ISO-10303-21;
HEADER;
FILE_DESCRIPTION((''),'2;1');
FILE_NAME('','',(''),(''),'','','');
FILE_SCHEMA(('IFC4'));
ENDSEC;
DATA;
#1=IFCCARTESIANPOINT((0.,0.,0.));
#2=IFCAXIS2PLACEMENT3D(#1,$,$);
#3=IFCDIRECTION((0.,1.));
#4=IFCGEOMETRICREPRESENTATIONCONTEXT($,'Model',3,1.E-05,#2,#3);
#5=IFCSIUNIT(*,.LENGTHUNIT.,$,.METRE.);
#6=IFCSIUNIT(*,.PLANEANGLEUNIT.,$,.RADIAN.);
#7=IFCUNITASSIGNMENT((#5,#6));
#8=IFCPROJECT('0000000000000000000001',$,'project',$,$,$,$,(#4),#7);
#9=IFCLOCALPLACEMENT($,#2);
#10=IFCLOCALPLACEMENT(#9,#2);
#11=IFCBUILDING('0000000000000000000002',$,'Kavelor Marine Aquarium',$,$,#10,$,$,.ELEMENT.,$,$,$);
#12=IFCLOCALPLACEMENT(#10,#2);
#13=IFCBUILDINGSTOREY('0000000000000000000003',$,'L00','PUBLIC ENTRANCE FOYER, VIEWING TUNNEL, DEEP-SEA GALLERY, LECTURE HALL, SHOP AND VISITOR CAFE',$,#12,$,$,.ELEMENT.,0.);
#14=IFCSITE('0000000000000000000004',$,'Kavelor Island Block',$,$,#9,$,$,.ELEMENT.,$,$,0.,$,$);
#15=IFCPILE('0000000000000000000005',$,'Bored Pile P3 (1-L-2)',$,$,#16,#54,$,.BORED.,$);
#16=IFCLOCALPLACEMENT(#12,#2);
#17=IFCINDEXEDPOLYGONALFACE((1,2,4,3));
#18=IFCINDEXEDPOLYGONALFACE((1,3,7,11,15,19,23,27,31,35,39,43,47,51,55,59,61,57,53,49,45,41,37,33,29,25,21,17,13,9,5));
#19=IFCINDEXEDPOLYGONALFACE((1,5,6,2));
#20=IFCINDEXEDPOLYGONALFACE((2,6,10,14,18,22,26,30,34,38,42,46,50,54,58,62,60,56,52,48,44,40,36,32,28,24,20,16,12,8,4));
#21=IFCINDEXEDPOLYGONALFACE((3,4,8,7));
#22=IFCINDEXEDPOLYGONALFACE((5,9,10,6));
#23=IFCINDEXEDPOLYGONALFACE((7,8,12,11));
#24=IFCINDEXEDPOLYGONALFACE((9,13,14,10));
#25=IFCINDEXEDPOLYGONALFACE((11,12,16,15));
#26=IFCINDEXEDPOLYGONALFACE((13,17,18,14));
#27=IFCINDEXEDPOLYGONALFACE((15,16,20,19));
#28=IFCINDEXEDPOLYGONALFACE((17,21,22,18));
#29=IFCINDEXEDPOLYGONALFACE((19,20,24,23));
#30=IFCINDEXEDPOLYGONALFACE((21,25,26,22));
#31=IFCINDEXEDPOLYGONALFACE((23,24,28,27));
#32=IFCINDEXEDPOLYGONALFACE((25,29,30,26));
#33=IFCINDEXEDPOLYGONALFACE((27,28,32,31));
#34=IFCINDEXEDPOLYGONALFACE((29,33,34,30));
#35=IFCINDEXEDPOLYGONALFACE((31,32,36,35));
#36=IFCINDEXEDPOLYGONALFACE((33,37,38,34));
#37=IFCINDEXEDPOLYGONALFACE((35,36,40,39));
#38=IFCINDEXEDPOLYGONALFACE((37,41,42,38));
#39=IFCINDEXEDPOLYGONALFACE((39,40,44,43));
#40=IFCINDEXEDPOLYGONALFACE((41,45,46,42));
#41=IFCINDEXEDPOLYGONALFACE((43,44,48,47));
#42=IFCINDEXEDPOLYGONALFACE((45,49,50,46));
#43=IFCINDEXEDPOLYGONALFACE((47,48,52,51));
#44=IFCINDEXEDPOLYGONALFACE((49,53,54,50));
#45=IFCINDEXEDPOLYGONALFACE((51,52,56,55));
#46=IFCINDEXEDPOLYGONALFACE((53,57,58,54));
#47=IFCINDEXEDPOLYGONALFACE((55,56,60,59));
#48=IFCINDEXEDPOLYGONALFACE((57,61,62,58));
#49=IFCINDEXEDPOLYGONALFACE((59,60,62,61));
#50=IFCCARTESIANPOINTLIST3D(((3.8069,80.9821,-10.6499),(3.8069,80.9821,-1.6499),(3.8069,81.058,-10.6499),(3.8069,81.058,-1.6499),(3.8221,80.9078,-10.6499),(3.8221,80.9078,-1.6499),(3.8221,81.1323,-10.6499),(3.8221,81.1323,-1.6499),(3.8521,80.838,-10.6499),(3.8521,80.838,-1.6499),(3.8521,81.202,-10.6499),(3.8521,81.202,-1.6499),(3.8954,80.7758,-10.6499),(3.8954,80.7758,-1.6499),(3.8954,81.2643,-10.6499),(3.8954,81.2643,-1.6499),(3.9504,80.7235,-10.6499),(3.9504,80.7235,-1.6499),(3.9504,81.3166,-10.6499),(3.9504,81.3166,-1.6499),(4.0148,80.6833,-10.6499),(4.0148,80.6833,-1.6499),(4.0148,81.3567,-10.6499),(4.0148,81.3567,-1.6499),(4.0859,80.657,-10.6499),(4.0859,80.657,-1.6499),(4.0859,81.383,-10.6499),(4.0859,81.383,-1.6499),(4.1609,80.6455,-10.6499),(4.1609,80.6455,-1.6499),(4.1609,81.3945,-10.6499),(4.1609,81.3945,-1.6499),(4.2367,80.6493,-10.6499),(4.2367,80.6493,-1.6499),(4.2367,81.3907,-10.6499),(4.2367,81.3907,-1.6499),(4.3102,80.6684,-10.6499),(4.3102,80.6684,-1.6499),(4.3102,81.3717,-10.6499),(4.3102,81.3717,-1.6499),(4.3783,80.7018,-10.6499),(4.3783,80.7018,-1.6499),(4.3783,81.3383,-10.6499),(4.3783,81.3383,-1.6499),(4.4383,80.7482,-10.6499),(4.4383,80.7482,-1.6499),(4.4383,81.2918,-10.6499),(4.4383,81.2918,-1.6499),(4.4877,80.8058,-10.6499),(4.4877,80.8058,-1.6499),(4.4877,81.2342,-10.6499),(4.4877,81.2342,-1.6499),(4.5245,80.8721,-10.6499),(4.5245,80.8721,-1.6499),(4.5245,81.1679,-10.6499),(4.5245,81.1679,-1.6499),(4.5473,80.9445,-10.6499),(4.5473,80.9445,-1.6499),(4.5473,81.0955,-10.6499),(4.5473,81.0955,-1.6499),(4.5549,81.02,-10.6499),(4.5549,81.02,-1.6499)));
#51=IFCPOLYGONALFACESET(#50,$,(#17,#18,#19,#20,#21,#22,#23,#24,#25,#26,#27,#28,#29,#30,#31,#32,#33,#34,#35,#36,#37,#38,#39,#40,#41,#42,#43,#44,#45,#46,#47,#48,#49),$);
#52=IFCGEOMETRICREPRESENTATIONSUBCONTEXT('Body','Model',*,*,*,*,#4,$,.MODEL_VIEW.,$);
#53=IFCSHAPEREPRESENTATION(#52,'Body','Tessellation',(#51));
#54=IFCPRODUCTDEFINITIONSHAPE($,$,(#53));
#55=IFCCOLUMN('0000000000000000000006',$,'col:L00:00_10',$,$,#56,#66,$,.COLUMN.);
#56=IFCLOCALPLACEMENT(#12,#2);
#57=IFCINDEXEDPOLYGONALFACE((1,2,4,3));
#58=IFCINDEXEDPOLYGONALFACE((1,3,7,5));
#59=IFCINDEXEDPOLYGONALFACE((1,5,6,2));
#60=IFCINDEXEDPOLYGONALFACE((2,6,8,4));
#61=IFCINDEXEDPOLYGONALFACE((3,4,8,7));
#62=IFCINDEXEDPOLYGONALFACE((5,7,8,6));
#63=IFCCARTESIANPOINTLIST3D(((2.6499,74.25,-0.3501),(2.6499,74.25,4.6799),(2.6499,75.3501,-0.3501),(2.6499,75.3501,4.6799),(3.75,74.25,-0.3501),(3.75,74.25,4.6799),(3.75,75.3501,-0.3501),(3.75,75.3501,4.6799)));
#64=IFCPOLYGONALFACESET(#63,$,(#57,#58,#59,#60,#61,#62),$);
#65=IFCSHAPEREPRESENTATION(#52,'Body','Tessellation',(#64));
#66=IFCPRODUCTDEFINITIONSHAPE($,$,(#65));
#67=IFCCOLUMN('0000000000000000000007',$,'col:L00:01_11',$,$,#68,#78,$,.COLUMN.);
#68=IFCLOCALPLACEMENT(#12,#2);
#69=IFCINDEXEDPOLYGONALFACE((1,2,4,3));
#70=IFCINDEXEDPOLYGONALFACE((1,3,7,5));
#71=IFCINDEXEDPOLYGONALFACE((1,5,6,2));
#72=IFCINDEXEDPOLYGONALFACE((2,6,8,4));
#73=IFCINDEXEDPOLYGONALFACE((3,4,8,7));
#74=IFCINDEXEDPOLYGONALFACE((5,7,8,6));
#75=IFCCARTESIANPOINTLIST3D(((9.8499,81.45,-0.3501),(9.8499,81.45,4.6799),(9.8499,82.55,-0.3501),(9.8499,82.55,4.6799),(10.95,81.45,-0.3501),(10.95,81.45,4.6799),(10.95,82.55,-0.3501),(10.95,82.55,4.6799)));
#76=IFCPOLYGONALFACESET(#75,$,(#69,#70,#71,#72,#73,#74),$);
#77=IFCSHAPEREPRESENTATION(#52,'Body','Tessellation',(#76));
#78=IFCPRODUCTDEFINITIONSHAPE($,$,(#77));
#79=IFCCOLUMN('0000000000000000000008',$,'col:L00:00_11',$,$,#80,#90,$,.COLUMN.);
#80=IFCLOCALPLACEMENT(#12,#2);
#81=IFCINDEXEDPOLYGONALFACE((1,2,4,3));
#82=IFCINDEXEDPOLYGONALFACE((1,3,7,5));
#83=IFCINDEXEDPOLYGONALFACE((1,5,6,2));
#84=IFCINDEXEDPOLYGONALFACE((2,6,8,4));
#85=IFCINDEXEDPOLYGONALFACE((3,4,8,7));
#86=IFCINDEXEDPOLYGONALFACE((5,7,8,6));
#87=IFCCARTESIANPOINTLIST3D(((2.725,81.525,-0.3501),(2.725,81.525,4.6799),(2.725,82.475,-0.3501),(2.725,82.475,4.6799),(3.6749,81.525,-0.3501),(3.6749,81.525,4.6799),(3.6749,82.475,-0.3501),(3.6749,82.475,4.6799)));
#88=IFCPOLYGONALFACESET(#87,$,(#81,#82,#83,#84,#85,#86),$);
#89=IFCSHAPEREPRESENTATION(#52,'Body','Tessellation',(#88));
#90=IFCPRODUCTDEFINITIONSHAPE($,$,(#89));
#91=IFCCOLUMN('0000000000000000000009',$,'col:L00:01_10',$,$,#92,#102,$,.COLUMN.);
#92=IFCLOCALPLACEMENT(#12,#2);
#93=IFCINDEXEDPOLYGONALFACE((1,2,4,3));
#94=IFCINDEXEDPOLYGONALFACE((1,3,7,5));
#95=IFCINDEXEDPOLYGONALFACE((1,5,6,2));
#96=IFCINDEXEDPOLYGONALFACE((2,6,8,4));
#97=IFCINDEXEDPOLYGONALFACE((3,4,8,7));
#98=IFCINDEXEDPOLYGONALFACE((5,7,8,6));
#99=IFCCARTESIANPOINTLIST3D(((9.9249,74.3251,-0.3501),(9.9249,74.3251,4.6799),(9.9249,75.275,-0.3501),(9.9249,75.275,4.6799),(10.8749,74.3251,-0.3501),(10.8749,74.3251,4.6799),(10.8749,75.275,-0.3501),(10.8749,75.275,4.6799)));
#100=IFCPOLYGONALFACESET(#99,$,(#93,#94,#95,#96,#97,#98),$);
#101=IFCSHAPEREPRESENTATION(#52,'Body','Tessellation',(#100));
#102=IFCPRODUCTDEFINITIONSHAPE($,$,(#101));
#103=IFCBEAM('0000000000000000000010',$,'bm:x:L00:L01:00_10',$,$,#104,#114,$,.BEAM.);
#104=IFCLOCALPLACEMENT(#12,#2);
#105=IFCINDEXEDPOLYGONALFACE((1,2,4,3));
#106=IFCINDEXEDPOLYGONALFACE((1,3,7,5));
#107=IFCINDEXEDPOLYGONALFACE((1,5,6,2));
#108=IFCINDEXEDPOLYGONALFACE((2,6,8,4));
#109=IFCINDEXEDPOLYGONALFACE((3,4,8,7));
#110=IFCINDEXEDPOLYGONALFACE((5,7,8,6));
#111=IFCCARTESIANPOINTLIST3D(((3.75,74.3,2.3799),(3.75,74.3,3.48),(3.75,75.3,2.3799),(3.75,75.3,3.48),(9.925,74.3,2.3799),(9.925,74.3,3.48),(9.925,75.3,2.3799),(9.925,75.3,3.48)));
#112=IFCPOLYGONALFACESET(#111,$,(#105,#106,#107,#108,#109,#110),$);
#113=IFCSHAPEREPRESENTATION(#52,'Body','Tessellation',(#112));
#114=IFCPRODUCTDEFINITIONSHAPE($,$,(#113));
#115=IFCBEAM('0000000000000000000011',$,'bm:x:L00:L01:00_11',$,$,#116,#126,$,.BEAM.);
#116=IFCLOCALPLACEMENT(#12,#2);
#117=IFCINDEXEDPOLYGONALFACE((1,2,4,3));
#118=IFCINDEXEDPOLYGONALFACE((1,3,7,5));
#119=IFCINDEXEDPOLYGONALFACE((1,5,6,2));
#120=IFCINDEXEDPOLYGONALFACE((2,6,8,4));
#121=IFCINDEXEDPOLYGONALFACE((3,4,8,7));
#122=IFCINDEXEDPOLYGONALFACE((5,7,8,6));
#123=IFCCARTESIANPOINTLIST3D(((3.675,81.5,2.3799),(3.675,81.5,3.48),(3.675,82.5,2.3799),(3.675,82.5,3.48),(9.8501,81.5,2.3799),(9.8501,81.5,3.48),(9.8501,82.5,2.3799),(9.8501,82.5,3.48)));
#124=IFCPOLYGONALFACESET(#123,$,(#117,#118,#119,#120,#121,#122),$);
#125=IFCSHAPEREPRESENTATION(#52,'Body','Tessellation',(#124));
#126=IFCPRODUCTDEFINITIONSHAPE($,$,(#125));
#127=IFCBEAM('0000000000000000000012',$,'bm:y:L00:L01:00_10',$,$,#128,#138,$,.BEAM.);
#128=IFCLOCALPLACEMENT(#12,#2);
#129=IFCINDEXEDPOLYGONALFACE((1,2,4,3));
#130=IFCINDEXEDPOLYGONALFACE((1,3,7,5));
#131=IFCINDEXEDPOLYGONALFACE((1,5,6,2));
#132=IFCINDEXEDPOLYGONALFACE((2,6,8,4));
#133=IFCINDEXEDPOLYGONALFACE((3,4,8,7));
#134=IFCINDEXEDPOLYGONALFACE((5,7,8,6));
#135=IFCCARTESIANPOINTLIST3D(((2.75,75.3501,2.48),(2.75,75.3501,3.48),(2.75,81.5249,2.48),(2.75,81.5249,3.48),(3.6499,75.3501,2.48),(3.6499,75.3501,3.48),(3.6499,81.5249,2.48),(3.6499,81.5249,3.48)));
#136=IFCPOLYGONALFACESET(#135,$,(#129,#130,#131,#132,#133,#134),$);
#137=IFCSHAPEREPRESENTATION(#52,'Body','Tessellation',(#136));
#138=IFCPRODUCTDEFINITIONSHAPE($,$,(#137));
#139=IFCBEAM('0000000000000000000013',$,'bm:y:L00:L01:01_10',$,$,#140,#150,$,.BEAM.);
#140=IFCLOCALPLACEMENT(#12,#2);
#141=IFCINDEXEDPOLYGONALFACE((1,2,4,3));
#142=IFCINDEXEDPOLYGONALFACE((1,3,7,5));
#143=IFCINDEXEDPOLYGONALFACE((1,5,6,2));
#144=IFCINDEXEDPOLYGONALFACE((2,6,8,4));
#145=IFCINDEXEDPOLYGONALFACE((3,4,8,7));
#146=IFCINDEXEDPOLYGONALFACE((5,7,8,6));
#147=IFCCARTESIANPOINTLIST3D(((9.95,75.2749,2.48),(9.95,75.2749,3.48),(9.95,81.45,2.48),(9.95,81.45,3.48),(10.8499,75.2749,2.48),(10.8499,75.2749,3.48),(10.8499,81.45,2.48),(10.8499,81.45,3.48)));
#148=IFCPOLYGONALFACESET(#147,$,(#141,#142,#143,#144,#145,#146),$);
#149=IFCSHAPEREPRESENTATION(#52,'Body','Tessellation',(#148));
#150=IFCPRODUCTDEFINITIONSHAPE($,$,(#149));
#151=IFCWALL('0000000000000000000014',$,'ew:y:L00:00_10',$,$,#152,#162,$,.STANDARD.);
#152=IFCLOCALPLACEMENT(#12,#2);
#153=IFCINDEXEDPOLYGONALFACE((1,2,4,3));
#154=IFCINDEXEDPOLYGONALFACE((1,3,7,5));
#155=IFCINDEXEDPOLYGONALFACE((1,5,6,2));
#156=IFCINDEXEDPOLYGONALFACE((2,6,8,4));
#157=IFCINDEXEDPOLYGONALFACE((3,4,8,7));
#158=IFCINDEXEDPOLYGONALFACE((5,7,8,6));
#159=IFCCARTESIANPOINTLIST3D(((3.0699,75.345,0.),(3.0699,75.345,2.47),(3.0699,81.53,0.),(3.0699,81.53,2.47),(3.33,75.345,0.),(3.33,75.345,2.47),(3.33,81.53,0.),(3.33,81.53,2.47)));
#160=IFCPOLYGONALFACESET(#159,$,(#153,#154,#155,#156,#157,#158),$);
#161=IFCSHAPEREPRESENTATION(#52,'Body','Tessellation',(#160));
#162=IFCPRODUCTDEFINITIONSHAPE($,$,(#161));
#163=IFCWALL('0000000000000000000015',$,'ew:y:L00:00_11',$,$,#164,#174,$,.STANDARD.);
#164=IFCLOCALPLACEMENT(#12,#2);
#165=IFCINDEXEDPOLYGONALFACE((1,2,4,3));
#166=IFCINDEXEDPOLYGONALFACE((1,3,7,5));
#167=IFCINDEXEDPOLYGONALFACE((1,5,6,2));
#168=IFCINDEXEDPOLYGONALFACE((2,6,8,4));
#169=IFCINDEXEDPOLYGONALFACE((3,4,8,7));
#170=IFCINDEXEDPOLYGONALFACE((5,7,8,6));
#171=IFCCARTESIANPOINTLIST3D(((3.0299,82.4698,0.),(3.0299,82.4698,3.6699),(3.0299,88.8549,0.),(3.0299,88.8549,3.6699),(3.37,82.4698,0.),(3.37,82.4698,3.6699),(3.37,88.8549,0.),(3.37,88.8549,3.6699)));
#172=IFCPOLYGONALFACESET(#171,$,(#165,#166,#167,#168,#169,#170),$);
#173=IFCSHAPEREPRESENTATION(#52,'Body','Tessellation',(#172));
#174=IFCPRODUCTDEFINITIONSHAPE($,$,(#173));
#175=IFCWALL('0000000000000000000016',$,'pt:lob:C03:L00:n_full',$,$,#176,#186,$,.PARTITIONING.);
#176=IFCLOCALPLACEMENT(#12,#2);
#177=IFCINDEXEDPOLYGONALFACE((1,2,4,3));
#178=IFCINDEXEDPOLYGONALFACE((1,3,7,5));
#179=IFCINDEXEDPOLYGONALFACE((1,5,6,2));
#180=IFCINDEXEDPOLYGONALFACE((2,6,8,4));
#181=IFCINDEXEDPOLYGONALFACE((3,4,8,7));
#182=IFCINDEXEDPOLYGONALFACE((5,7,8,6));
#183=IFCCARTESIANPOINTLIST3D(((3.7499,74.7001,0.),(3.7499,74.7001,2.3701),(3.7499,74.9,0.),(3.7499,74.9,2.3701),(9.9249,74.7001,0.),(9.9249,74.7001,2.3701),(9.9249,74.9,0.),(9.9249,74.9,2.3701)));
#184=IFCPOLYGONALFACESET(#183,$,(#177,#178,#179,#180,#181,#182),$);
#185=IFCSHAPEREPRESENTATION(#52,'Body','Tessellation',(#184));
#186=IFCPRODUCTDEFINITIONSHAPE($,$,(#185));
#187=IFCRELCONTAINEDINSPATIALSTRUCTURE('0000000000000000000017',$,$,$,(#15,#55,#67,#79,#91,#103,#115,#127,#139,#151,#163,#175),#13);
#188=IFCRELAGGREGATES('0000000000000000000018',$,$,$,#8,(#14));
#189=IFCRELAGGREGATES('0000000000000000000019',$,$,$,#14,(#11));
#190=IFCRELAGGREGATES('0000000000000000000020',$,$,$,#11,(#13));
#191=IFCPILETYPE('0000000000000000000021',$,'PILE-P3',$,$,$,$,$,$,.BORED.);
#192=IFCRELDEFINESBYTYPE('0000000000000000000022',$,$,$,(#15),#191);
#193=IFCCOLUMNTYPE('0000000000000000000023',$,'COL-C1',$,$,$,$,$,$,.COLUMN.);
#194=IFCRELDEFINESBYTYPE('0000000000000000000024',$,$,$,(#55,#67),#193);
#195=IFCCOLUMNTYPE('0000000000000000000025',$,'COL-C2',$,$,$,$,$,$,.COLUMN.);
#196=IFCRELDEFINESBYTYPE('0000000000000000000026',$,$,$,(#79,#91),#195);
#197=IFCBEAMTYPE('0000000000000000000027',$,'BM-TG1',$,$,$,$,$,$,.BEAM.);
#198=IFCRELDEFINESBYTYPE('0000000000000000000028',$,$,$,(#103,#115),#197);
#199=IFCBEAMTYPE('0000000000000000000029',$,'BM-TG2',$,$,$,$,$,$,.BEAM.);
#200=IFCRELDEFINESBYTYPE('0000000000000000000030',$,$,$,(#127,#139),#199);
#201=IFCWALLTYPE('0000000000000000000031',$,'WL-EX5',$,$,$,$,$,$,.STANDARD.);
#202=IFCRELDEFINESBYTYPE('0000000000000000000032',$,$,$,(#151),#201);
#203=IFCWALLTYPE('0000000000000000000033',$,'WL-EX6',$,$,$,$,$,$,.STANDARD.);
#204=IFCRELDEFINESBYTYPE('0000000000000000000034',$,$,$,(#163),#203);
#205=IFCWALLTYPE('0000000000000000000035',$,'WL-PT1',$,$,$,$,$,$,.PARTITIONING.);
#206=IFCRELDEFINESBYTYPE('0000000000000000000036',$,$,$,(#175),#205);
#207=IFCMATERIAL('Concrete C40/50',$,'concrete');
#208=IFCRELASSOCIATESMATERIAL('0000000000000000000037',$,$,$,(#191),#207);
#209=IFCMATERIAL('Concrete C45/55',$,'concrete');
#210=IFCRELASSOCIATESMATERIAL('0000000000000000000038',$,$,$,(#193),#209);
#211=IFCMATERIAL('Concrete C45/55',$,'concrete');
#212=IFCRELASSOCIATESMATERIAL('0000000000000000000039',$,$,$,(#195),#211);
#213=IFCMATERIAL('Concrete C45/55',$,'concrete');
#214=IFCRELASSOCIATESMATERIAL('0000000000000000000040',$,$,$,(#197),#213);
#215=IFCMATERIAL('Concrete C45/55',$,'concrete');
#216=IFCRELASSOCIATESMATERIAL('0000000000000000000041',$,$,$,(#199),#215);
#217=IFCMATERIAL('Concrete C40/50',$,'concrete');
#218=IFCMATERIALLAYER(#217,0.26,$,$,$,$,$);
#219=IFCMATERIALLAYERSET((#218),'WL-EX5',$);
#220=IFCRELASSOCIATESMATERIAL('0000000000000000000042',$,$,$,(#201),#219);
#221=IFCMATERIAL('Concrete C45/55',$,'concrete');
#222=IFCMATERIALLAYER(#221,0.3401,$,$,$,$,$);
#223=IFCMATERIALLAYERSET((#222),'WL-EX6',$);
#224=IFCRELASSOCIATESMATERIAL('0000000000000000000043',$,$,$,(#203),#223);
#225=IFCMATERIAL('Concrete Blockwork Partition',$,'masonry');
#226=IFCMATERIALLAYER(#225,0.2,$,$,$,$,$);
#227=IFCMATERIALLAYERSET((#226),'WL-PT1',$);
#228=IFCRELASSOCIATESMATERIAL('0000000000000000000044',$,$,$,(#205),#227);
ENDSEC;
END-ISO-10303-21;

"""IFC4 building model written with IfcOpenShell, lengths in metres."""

from ifc_helpers import new_model, si_unit, direction, frame, frame_2d, origin, origin_2d, place, context, subcontext, project, spatial, rectangle, circle, extrude, material, layer, layer_set, material_profile, profile_set, type_object, element, save


model = new_model("IFC4")

# Units and contexts
model_context = context("Model", 3, precision=1e-05, world=origin(), true_north=direction((0.0, 1.0)))
body_context = subcontext(model_context, "Body", "Model", "MODEL_VIEW")
ifc_project = project(units=[si_unit("LENGTHUNIT", "METRE"), si_unit("PLANEANGLEUNIT", "RADIAN")], contexts=[model_context])

# Site, building, storey
site_placement = place(None, origin())
site = spatial("IfcSite", under=ifc_project, at=site_placement, Name="Kavelor Island Block", CompositionType="ELEMENT", RefElevation=0.0)
building_placement = place(site_placement, origin())
building = spatial("IfcBuilding", under=site, at=building_placement, Name="Kavelor Marine Aquarium", CompositionType="ELEMENT")
storey_placement = place(building_placement, origin())
storey = spatial("IfcBuildingStorey", under=building, at=storey_placement, Name="L00", Description="PUBLIC ENTRANCE FOYER, VIEWING TUNNEL, DEEP-SEA GALLERY, LECTURE HALL, SHOP AND VISITOR CAFE", CompositionType="ELEMENT", Elevation=0.0)

# Pile
ifc_material_1 = material(Name="Concrete C40/50", Category="concrete")
ifc_material_profile_1 = material_profile(ifc_material_1, circle(Radius=0.375, at=origin_2d()), Name="PILE D750")
ifc_profile_set_1 = profile_set([ifc_material_profile_1], Name="Concrete C40/50")
pile_type_1 = type_object("IfcPileType", Name="PILE-P3", PredefinedType="BORED", material=ifc_profile_set_1)
for number, where, z_axis, x_axis, name in (
    (1, (4.1799, 81.02, -1.6499), (0.0, 0.0, -1.0), (1.0, 0.0, 0.0), "Bored Pile P3 (1-L-2)"),
):
    element("IfcPile", number, at=place(storey_placement, frame(where, z_axis=z_axis, x_axis=x_axis)), inside=storey, type_object=pile_type_1, Name=name, PredefinedType="BORED", context=body_context, shape_type="SweptSolid", body=[
        extrude(circle(Radius=0.375, at=origin_2d()), origin(), (0.0, 0.0, 1.0), 9.0),
    ])

# Columns
ifc_material_2 = material(Name="Concrete C45/55", Category="concrete")
ifc_material_profile_2 = material_profile(ifc_material_2, rectangle(XDim=1.1001, YDim=1.1001, at=origin_2d()), Name="RC-COL 1100x1100")
ifc_profile_set_2 = profile_set([ifc_material_profile_2], Name="Concrete C45/55")
column_type_1 = type_object("IfcColumnType", Name="COL-C1", PredefinedType="COLUMN", material=ifc_profile_set_2)
for number, where, z_axis, x_axis, name in (
    (2, (3.2, 74.8, -0.3501), (0.0, 0.0, 1.0), (1.0, 0.0, 0.0), "col:L00:00_10"),
    (3, (10.3999, 82.0, -0.3501), (0.0, 0.0, 1.0), (1.0, 0.0, 0.0), "col:L00:01_11"),
):
    element("IfcColumn", number, at=place(storey_placement, frame(where, z_axis=z_axis, x_axis=x_axis)), inside=storey, type_object=column_type_1, Name=name, PredefinedType="COLUMN", context=body_context, shape_type="SweptSolid", body=[
        extrude(rectangle(XDim=1.1001, YDim=1.1001, at=origin_2d()), origin(), (0.0, 0.0, 1.0), 5.03),
    ])
ifc_material_3 = material(Name="Concrete C45/55", Category="concrete")
ifc_material_profile_3 = material_profile(ifc_material_3, rectangle(XDim=0.95, YDim=0.95, at=origin_2d()), Name="RC-COL 950x950")
ifc_profile_set_3 = profile_set([ifc_material_profile_3], Name="Concrete C45/55")
column_type_2 = type_object("IfcColumnType", Name="COL-C2", PredefinedType="COLUMN", material=ifc_profile_set_3)
for number, where, z_axis, x_axis, name in (
    (4, (3.2, 82.0, -0.3501), (0.0, 0.0, 1.0), (1.0, 0.0, 0.0), "col:L00:00_11"),
    (5, (10.3999, 74.8, -0.3501), (0.0, 0.0, 1.0), (1.0, 0.0, 0.0), "col:L00:01_10"),
):
    element("IfcColumn", number, at=place(storey_placement, frame(where, z_axis=z_axis, x_axis=x_axis)), inside=storey, type_object=column_type_2, Name=name, PredefinedType="COLUMN", context=body_context, shape_type="SweptSolid", body=[
        extrude(rectangle(XDim=0.95, YDim=0.95, at=origin_2d()), origin(), (0.0, 0.0, 1.0), 5.03),
    ])

# Beams
ifc_material_4 = material(Name="Concrete C45/55", Category="concrete")
ifc_material_profile_4 = material_profile(ifc_material_4, rectangle(XDim=1.0, YDim=1.1001, at=origin_2d()), Name="RC-TG 1000x1100")
ifc_profile_set_4 = profile_set([ifc_material_profile_4], Name="Concrete C45/55")
beam_type_1 = type_object("IfcBeamType", Name="BM-TG1", PredefinedType="BEAM", material=ifc_profile_set_4)
for number, where, z_axis, x_axis, name in (
    (6, (3.75, 74.8, 2.9299), (1.0, 0.0, 0.0), (0.0, 1.0, 0.0), "bm:x:L00:L01:00_10"),
    (7, (3.675, 82.0, 2.9299), (1.0, 0.0, 0.0), (0.0, 1.0, 0.0), "bm:x:L00:L01:00_11"),
):
    element("IfcBeam", number, at=place(storey_placement, frame(where, z_axis=z_axis, x_axis=x_axis)), inside=storey, type_object=beam_type_1, Name=name, PredefinedType="BEAM", context=body_context, shape_type="SweptSolid", body=[
        extrude(rectangle(XDim=1.0, YDim=1.1001, at=origin_2d()), origin(), (0.0, 0.0, 1.0), 6.175),
    ])
ifc_material_5 = material(Name="Concrete C45/55", Category="concrete")
ifc_material_profile_5 = material_profile(ifc_material_5, rectangle(XDim=0.8999, YDim=1.0, at=origin_2d()), Name="RC-TG 900x1000")
ifc_profile_set_5 = profile_set([ifc_material_profile_5], Name="Concrete C45/55")
beam_type_2 = type_object("IfcBeamType", Name="BM-TG2", PredefinedType="BEAM", material=ifc_profile_set_5)
beam_1_placement = place(storey_placement, frame((3.2, 75.3501, 2.98), z_axis=(0.0, 1.0, 0.0), x_axis=(-1.0, 0.0, 0.0)))
element("IfcBeam", 8, at=beam_1_placement, inside=storey, type_object=beam_type_2, Name="bm:y:L00:L01:00_10", PredefinedType="BEAM", context=body_context, shape_type="SweptSolid", body=[
    extrude(rectangle(XDim=0.8999, YDim=1.0, at=origin_2d()), origin(), (0.0, 0.0, 1.0), 6.1748),
])
beam_2_placement = place(storey_placement, frame((10.3999, 75.2749, 2.98), z_axis=(0.0, 1.0, 0.0), x_axis=(-1.0, 0.0, 0.0)))
element("IfcBeam", 9, at=beam_2_placement, inside=storey, type_object=beam_type_2, Name="bm:y:L00:L01:01_10", PredefinedType="BEAM", context=body_context, shape_type="SweptSolid", body=[
    extrude(rectangle(XDim=0.8999, YDim=1.0, at=origin_2d()), origin(), (0.0, 0.0, 1.0), 6.175),
])

# Walls
ifc_material_6 = material(Name="Concrete C40/50", Category="concrete")
ifc_layer_1 = layer(ifc_material_6, 0.26)
ifc_layer_set_1 = layer_set([ifc_layer_1], Name="WL-EX5")
wall_type_1 = type_object("IfcWallType", Name="WL-EX5", PredefinedType="STANDARD", material=ifc_layer_set_1)
wall_1_placement = place(storey_placement, frame((3.2, 75.345, 0.0), z_axis=(0.0, 0.0, 1.0), x_axis=(0.0, 1.0, 0.0)))
element("IfcWall", 10, at=wall_1_placement, inside=storey, type_object=wall_type_1, Name="ew:y:L00:00_10", PredefinedType="STANDARD", context=body_context, shape_type="SweptSolid", body=[
    extrude(rectangle(XDim=6.1851, YDim=0.26, at=frame_2d((3.0925, 0.0))), origin(), (0.0, 0.0, 1.0), 2.47),
])
ifc_material_7 = material(Name="Concrete C45/55", Category="concrete")
ifc_layer_2 = layer(ifc_material_7, 0.3401)
ifc_layer_set_2 = layer_set([ifc_layer_2], Name="WL-EX6")
wall_type_2 = type_object("IfcWallType", Name="WL-EX6", PredefinedType="STANDARD", material=ifc_layer_set_2)
wall_2_placement = place(storey_placement, frame((3.2, 82.47, 0.0), z_axis=(0.0, 0.0, 1.0), x_axis=(0.0, 1.0, 0.0)))
element("IfcWall", 11, at=wall_2_placement, inside=storey, type_object=wall_type_2, Name="ew:y:L00:00_11", PredefinedType="STANDARD", context=body_context, shape_type="SweptSolid", body=[
    extrude(rectangle(XDim=6.385, YDim=0.3401, at=frame_2d((3.1924, 0.0))), origin(), (0.0, 0.0, 1.0), 3.6699),
])
ifc_material_8 = material(Name="Concrete Blockwork Partition", Category="masonry")
ifc_layer_3 = layer(ifc_material_8, 0.2)
ifc_layer_set_3 = layer_set([ifc_layer_3], Name="WL-PT1")
wall_type_3 = type_object("IfcWallType", Name="WL-PT1", PredefinedType="PARTITIONING", material=ifc_layer_set_3)
for number, where, z_axis, x_axis, name in (
    (12, (3.75, 74.8, 0.0), (0.0, 0.0, 1.0), (1.0, 0.0, 0.0), "pt:lob:C03:L00:n_full"),
):
    element("IfcWall", number, at=place(storey_placement, frame(where, z_axis=z_axis, x_axis=x_axis)), inside=storey, type_object=wall_type_3, Name=name, PredefinedType="PARTITIONING", context=body_context, shape_type="SweptSolid", body=[
        extrude(rectangle(XDim=6.175, YDim=0.2, at=frame_2d((3.0874, 0.0))), origin(), (0.0, 0.0, 1.0), 2.3701),
    ])

save(model, "model.ifc")
